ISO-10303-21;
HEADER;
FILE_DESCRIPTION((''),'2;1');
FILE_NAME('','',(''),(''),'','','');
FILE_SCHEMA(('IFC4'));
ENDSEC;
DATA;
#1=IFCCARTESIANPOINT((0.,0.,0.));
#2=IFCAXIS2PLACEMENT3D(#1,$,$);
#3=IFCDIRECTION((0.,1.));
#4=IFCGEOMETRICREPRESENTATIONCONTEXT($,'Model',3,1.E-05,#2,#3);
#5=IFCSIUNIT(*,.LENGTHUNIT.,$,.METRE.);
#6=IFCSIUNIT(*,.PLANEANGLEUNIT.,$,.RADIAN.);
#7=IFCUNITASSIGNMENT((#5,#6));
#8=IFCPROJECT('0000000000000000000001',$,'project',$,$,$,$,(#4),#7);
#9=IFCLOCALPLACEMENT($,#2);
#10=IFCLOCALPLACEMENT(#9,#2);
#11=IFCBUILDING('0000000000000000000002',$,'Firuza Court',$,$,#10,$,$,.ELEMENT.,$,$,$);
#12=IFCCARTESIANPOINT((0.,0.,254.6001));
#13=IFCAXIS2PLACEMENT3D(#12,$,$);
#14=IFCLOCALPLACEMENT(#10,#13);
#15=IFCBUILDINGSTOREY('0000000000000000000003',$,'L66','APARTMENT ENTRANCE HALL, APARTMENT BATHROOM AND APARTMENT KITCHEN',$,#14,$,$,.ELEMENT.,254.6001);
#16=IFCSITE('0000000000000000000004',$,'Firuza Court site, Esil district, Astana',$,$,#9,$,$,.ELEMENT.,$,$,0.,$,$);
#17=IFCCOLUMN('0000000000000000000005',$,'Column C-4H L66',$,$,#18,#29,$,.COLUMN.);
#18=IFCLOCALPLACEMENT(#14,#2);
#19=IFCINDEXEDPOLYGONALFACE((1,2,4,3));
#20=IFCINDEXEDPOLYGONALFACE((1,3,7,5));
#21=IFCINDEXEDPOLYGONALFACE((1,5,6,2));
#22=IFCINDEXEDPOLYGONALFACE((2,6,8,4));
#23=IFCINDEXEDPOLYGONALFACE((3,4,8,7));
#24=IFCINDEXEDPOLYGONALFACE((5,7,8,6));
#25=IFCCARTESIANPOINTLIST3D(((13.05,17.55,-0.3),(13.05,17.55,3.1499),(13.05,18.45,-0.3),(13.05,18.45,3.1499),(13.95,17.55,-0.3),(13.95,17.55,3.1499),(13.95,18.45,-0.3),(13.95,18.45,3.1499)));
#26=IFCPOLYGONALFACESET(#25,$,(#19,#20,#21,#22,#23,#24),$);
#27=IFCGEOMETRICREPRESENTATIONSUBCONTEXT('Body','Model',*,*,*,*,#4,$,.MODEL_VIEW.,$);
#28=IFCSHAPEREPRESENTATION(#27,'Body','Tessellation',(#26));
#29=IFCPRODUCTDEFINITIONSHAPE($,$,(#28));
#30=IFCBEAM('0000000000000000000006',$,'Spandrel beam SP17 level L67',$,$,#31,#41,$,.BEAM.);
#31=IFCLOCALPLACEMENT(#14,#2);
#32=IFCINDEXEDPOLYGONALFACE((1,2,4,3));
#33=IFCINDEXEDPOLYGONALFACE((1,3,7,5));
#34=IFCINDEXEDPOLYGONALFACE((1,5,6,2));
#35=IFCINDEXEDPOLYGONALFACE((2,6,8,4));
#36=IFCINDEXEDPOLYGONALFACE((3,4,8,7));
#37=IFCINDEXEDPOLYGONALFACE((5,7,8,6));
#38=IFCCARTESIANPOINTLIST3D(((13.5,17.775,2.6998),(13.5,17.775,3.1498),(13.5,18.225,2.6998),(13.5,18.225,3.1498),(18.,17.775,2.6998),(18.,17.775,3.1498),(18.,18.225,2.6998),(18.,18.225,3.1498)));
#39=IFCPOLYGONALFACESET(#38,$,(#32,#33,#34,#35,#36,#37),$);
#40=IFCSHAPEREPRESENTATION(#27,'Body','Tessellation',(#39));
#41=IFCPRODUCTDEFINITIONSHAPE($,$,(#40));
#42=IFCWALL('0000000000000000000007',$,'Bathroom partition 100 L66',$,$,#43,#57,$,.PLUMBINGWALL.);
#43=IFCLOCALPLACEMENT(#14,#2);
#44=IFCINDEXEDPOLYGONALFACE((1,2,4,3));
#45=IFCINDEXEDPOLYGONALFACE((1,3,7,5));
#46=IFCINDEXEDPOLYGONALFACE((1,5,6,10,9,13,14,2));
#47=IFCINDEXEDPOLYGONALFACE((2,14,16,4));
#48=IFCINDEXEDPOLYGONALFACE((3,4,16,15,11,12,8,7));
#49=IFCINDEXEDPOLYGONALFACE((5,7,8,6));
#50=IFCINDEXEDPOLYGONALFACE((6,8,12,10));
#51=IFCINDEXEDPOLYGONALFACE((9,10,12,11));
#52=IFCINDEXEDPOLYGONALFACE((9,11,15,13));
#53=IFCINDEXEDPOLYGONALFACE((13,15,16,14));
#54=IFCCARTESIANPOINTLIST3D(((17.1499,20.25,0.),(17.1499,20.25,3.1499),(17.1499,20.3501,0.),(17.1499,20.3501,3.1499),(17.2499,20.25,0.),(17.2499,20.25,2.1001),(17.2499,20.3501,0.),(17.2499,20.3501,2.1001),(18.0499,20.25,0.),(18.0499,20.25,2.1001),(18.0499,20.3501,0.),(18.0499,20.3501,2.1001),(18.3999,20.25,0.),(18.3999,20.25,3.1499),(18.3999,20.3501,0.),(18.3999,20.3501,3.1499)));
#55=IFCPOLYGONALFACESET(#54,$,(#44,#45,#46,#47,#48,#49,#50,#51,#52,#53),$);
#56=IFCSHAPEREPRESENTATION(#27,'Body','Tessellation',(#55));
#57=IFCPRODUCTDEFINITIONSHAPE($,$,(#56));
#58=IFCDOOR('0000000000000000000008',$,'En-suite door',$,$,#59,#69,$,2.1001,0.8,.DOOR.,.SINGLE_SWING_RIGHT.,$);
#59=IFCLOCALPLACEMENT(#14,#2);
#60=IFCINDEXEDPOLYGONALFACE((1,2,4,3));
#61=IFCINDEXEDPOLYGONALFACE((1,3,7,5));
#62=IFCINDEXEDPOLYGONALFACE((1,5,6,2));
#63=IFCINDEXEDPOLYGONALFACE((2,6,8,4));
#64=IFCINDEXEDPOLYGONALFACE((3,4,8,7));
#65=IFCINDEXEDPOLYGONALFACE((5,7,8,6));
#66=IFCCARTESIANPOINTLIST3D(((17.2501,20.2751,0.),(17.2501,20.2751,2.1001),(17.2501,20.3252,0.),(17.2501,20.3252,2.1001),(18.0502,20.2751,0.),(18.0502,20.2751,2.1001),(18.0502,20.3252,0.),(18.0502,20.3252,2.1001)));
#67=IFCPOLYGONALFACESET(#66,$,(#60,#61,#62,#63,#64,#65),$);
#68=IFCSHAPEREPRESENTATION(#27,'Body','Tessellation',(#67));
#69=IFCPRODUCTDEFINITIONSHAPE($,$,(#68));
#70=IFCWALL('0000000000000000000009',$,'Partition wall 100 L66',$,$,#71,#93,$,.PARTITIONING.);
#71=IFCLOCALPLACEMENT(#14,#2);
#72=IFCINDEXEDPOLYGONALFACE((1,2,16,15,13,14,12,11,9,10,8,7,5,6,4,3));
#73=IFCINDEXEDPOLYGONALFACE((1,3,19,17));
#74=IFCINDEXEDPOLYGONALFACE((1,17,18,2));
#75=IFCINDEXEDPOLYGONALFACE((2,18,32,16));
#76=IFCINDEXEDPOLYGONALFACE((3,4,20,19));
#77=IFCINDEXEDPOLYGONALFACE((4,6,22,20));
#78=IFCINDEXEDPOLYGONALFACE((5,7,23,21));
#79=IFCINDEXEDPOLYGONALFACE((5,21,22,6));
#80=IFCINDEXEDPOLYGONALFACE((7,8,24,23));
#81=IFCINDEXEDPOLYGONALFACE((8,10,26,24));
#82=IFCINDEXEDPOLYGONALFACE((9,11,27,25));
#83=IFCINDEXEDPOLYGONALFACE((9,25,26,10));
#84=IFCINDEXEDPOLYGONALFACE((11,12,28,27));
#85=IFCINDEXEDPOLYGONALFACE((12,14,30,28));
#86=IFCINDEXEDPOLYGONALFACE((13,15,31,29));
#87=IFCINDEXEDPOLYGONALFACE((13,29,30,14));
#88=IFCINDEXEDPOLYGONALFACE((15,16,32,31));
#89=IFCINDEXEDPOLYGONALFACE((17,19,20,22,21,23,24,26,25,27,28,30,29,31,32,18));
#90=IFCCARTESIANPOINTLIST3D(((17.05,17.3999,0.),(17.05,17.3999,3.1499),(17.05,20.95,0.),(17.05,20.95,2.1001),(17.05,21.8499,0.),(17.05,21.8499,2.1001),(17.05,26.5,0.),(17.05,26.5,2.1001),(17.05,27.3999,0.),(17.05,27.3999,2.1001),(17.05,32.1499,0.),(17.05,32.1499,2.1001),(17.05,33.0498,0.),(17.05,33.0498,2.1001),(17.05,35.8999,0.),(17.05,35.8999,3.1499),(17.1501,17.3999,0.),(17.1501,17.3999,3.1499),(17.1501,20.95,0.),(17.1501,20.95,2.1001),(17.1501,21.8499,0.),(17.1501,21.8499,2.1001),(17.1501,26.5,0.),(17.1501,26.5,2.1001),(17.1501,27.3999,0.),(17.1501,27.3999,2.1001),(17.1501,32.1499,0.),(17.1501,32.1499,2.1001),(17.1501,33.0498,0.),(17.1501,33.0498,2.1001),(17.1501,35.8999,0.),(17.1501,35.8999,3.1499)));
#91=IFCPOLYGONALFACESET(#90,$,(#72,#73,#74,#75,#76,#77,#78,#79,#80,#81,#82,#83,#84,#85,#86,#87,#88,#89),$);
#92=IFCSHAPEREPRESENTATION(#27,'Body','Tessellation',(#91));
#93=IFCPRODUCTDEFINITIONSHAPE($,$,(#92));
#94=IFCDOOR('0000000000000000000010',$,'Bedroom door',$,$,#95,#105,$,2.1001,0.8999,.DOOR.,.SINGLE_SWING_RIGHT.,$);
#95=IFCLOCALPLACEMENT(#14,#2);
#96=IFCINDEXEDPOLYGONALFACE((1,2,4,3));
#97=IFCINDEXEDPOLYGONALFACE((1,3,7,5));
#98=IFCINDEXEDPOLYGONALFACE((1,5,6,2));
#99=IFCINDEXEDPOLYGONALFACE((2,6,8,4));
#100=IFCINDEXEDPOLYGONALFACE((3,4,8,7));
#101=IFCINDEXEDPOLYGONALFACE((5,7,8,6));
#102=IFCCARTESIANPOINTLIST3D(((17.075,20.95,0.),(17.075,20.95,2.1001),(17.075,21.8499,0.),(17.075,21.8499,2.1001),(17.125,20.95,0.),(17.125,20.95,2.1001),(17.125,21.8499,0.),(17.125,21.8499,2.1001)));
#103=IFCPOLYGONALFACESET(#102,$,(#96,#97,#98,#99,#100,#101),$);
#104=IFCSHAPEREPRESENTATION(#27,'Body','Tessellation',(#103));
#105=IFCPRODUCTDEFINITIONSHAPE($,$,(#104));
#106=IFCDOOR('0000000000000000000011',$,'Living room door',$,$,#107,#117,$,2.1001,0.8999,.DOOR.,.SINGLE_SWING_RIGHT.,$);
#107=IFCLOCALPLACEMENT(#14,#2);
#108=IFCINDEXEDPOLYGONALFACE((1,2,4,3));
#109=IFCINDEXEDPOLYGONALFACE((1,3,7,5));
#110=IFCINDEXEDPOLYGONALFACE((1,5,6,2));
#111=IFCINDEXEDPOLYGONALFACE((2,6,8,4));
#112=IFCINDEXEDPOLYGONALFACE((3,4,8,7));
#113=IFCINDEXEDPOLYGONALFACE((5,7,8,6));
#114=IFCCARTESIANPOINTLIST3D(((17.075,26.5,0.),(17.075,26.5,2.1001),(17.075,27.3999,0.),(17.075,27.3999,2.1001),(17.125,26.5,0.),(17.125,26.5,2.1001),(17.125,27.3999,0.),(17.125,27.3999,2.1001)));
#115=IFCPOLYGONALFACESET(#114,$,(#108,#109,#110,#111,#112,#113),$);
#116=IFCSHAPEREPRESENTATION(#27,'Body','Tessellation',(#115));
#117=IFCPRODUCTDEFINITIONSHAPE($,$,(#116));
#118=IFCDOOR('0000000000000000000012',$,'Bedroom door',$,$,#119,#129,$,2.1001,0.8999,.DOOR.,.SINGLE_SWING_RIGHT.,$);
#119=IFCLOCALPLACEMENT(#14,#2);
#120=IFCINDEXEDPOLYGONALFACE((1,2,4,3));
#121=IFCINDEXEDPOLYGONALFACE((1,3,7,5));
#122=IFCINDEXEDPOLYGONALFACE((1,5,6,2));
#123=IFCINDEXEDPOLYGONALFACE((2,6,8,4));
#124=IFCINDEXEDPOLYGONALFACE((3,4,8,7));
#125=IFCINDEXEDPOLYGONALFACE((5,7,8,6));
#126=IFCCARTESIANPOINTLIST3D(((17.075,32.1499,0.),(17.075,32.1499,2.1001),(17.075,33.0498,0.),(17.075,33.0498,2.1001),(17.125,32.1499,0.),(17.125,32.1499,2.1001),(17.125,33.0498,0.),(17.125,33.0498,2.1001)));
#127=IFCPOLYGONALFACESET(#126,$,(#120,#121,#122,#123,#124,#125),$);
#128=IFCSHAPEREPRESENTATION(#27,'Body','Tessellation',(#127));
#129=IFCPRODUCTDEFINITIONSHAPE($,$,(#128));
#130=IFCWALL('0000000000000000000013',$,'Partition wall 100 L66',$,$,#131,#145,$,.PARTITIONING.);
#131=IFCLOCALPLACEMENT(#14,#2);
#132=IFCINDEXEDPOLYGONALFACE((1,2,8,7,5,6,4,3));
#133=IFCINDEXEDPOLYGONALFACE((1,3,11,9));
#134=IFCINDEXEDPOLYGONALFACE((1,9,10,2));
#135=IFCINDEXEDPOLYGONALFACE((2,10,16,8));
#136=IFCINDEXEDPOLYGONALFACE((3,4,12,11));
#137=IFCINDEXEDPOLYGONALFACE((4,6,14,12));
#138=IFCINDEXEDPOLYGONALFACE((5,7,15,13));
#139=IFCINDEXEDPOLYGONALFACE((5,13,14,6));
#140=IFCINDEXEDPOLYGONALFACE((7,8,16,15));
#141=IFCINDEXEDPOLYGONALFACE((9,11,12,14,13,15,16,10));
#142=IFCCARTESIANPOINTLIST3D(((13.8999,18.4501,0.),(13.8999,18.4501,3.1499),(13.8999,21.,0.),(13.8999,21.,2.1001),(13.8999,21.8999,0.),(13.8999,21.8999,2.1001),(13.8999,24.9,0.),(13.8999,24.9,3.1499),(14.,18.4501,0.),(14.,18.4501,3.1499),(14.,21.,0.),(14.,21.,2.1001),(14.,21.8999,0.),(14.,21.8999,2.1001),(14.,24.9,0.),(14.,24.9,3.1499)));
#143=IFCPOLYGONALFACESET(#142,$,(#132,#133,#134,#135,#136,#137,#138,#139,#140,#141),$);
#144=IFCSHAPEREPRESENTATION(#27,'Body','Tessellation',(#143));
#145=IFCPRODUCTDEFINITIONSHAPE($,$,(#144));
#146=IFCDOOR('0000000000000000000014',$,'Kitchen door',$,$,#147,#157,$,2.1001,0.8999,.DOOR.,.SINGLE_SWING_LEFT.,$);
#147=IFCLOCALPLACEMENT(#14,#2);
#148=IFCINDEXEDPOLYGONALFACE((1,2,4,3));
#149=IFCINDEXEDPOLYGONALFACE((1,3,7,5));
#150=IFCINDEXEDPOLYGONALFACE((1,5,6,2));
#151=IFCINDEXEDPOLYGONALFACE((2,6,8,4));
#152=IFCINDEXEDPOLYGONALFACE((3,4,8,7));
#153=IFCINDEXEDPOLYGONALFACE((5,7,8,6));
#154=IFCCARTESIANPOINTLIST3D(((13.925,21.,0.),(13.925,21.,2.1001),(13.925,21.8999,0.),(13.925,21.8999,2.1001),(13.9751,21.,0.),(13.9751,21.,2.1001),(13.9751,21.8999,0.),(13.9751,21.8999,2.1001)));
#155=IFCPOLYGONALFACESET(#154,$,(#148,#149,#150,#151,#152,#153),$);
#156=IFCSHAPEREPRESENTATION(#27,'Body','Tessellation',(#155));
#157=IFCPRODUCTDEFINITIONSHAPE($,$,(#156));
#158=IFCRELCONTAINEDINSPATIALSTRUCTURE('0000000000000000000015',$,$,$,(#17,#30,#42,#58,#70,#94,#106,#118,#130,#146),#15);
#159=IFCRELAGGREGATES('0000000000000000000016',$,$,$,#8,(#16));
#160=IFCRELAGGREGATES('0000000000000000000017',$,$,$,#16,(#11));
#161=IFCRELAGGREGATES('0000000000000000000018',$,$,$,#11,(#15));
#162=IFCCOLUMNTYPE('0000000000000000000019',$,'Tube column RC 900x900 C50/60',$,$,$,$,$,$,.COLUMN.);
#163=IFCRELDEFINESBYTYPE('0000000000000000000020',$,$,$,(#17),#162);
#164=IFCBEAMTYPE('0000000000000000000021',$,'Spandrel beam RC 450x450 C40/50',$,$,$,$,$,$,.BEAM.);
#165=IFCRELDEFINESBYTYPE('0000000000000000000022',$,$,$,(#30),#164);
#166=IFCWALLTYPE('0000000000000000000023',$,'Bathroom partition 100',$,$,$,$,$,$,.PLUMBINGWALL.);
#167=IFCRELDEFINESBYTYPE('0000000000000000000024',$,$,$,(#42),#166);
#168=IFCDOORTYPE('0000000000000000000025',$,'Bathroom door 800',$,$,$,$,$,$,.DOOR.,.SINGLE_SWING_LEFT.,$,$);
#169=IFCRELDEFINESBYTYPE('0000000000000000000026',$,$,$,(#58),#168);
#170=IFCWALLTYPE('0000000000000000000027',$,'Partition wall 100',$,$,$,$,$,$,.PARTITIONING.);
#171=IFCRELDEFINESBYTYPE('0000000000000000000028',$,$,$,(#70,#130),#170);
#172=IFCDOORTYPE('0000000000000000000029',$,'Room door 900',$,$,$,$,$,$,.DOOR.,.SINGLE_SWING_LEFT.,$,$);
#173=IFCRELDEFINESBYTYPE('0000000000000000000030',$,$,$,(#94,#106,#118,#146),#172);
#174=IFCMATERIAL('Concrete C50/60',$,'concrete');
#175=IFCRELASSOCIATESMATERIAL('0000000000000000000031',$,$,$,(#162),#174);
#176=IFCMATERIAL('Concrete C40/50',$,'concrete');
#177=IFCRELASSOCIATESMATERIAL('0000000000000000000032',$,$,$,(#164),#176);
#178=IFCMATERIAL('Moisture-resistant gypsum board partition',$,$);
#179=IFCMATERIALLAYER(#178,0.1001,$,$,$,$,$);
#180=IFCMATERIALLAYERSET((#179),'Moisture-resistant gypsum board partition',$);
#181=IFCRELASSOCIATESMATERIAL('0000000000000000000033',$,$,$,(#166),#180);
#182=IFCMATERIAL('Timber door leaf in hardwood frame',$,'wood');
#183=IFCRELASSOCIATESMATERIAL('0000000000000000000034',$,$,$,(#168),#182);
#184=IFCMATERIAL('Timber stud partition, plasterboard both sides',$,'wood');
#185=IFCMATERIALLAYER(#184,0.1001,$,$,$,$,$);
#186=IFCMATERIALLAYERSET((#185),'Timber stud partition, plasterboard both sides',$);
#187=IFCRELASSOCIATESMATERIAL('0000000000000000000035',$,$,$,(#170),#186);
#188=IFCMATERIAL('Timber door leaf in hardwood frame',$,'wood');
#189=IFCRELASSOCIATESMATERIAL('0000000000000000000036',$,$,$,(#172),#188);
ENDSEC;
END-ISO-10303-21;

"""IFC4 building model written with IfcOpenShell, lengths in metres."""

from ifc_helpers import new_model, si_unit, direction, frame, frame_2d, origin, origin_2d, place, context, subcontext, project, spatial, rectangle, extrude, material, layer, layer_set, material_profile, profile_set, type_object, element, fill, save


model = new_model("IFC4")

# Units and contexts
model_context = context("Model", 3, precision=1e-05, world=origin(), true_north=direction((0.0, 1.0)))
body_context = subcontext(model_context, "Body", "Model", "MODEL_VIEW")
ifc_project = project(units=[si_unit("LENGTHUNIT", "METRE"), si_unit("PLANEANGLEUNIT", "RADIAN")], contexts=[model_context])

# Site, building, storey
site_placement = place(None, origin())
site = spatial("IfcSite", under=ifc_project, at=site_placement, Name="Firuza Court site, Esil district, Astana", CompositionType="ELEMENT", RefElevation=0.0)
building_placement = place(site_placement, origin())
building = spatial("IfcBuilding", under=site, at=building_placement, Name="Firuza Court", CompositionType="ELEMENT")
storey_placement = place(building_placement, frame((0.0, 0.0, 254.6001)))
storey = spatial("IfcBuildingStorey", under=building, at=storey_placement, Name="L66", Description="APARTMENT ENTRANCE HALL, APARTMENT BATHROOM AND APARTMENT KITCHEN", CompositionType="ELEMENT", Elevation=254.6001)

# Column
ifc_material_1 = material(Name="Concrete C50/60", Category="concrete")
ifc_material_profile_1 = material_profile(ifc_material_1, rectangle(XDim=0.8999, YDim=0.8999, at=origin_2d()), Name="RC 900x900")
ifc_profile_set_1 = profile_set([ifc_material_profile_1], Name="Concrete C50/60")
column_type = type_object("IfcColumnType", Name="Tube column RC 900x900 C50/60", PredefinedType="COLUMN", material=ifc_profile_set_1)
column_placement = place(storey_placement, frame((13.5, 18.0, -0.3), z_axis=(0.0, 0.0, 1.0), x_axis=(1.0, 0.0, 0.0)))
element("IfcColumn", 1, at=column_placement, inside=storey, type_object=column_type, Name="Column C-4H L66", PredefinedType="COLUMN", context=body_context, shape_type="SweptSolid", body=[
    extrude(rectangle(XDim=0.8999, YDim=0.8999, at=origin_2d()), origin(), (0.0, 0.0, 1.0), 3.45),
])

# Beam
ifc_material_2 = material(Name="Concrete C40/50", Category="concrete")
ifc_material_profile_2 = material_profile(ifc_material_2, rectangle(XDim=0.45, YDim=0.45, at=origin_2d()), Name="RC 450x450")
ifc_profile_set_2 = profile_set([ifc_material_profile_2], Name="Concrete C40/50")
beam_type = type_object("IfcBeamType", Name="Spandrel beam RC 450x450 C40/50", PredefinedType="BEAM", material=ifc_profile_set_2)
beam_placement = place(storey_placement, frame((13.5, 18.0, 2.9248), z_axis=(1.0, 0.0, 0.0), x_axis=(0.0, 1.0, 0.0)))
element("IfcBeam", 2, at=beam_placement, inside=storey, type_object=beam_type, Name="Spandrel beam SP17 level L67", PredefinedType="BEAM", context=body_context, shape_type="SweptSolid", body=[
    extrude(rectangle(XDim=0.45, YDim=0.45, at=origin_2d()), origin(), (0.0, 0.0, 1.0), 4.5),
])

# Wall, opening, door
ifc_material_3 = material(Name="Moisture-resistant gypsum board partition")
ifc_layer_1 = layer(ifc_material_3, 0.1001)
ifc_layer_set_1 = layer_set([ifc_layer_1], Name="Moisture-resistant gypsum board partition")
wall_type_1 = type_object("IfcWallType", Name="Bathroom partition 100", PredefinedType="PLUMBINGWALL", material=ifc_layer_set_1)
wall_1_placement = place(storey_placement, frame((17.1499, 20.3, 0.0), z_axis=(0.0, 0.0, 1.0), x_axis=(1.0, 0.0, 0.0)))
wall_1 = element("IfcWall", 3, at=wall_1_placement, inside=storey, type_object=wall_type_1, Name="Bathroom partition 100 L66", PredefinedType="PLUMBINGWALL", context=body_context, shape_type="SweptSolid", body=[
    extrude(rectangle(XDim=1.25, YDim=0.1001, at=frame_2d((0.625, 0.0))), origin(), (0.0, 0.0, 1.0), 3.1499),
])
opening_1_placement = place(wall_1_placement, frame((0.1001, 0.0, 0.0)))
opening_1 = element("IfcOpeningElement", 4, at=opening_1_placement, cuts=wall_1, PredefinedType="OPENING", context=body_context, shape_type="SweptSolid", body=[
    extrude(rectangle(XDim=0.8, YDim=2.1001, at=frame_2d((0.3999, 1.05))), frame((0.0, 0.062, 0.0), z_axis=(0.0, -1.0, 0.0), x_axis=(1.0, 0.0, 0.0)), (0.0, 0.0, 1.0), 0.124),
])
ifc_material_4 = material(Name="Timber door leaf in hardwood frame", Category="wood")
door_type_1 = type_object("IfcDoorType", Name="Bathroom door 800", OperationType="SINGLE_SWING_LEFT", PredefinedType="DOOR", material=ifc_material_4)
door_1_placement = place(opening_1_placement, frame((0.8, 0.0, 0.0), z_axis=(0.0, 0.0, 1.0), x_axis=(-1.0, 0.0, 0.0)))
door_1 = element("IfcDoor", 5, at=door_1_placement, inside=storey, type_object=door_type_1, Name="En-suite door", OperationType="SINGLE_SWING_RIGHT", OverallHeight=2.1001, OverallWidth=0.8, PredefinedType="DOOR", context=body_context, shape_type="SweptSolid", body=[
    extrude(rectangle(XDim=0.8, YDim=2.1001, at=frame_2d((0.3999, 1.05))), frame((0.0, 0.0249, 0.0), z_axis=(0.0, -1.0, 0.0), x_axis=(1.0, 0.0, 0.0)), (0.0, 0.0, 1.0), 0.05),
])
fill(opening_1, door_1)

# Wall, openings, doors
ifc_material_5 = material(Name="Timber stud partition, plasterboard both sides", Category="wood")
ifc_layer_2 = layer(ifc_material_5, 0.1001)
ifc_layer_set_2 = layer_set([ifc_layer_2], Name="Timber stud partition, plasterboard both sides")
wall_type_2 = type_object("IfcWallType", Name="Partition wall 100", PredefinedType="PARTITIONING", material=ifc_layer_set_2)
wall_2_placement = place(storey_placement, frame((17.1001, 17.3999, 0.0), z_axis=(0.0, 0.0, 1.0), x_axis=(0.0, 1.0, 0.0)))
wall_2 = element("IfcWall", 6, at=wall_2_placement, inside=storey, type_object=wall_type_2, Name="Partition wall 100 L66", PredefinedType="PARTITIONING", context=body_context, shape_type="SweptSolid", body=[
    extrude(rectangle(XDim=18.5, YDim=0.1001, at=frame_2d((9.25, 0.0))), origin(), (0.0, 0.0, 1.0), 3.1499),
])
opening_2_placement = place(wall_2_placement, frame((3.55, 0.0, 0.0)))
opening_2 = element("IfcOpeningElement", 7, at=opening_2_placement, cuts=wall_2, PredefinedType="OPENING", context=body_context, shape_type="SweptSolid", body=[
    extrude(rectangle(XDim=0.8999, YDim=2.1001, at=frame_2d((0.45, 1.05))), frame((0.0, 0.062, 0.0), z_axis=(0.0, -1.0, 0.0), x_axis=(1.0, 0.0, 0.0)), (0.0, 0.0, 1.0), 0.124),
])
opening_3_placement = place(wall_2_placement, frame((9.1001, 0.0, 0.0)))
opening_3 = element("IfcOpeningElement", 8, at=opening_3_placement, cuts=wall_2, PredefinedType="OPENING", context=body_context, shape_type="SweptSolid", body=[
    extrude(rectangle(XDim=0.8999, YDim=2.1001, at=frame_2d((0.45, 1.05))), frame((0.0, 0.062, 0.0), z_axis=(0.0, -1.0, 0.0), x_axis=(1.0, 0.0, 0.0)), (0.0, 0.0, 1.0), 0.124),
])
opening_4_placement = place(wall_2_placement, frame((14.75, 0.0, 0.0)))
opening_4 = element("IfcOpeningElement", 9, at=opening_4_placement, cuts=wall_2, PredefinedType="OPENING", context=body_context, shape_type="SweptSolid", body=[
    extrude(rectangle(XDim=0.8999, YDim=2.1001, at=frame_2d((0.45, 1.05))), frame((0.0, 0.062, 0.0), z_axis=(0.0, -1.0, 0.0), x_axis=(1.0, 0.0, 0.0)), (0.0, 0.0, 1.0), 0.124),
])
ifc_material_6 = material(Name="Timber door leaf in hardwood frame", Category="wood")
door_type_2 = type_object("IfcDoorType", Name="Room door 900", OperationType="SINGLE_SWING_LEFT", PredefinedType="DOOR", material=ifc_material_6)
door_2_placement = place(opening_2_placement, frame((0.8999, 0.0, 0.0), z_axis=(0.0, 0.0, 1.0), x_axis=(-1.0, 0.0, 0.0)))
door_2 = element("IfcDoor", 10, at=door_2_placement, inside=storey, type_object=door_type_2, Name="Bedroom door", OperationType="SINGLE_SWING_RIGHT", OverallHeight=2.1001, OverallWidth=0.8999, PredefinedType="DOOR", context=body_context, shape_type="SweptSolid", body=[
    extrude(rectangle(XDim=0.8999, YDim=2.1001, at=frame_2d((0.45, 1.05))), frame((0.0, 0.0249, 0.0), z_axis=(0.0, -1.0, 0.0), x_axis=(1.0, 0.0, 0.0)), (0.0, 0.0, 1.0), 0.05),
])
fill(opening_2, door_2)
door_3_placement = place(opening_3_placement, frame((0.8999, 0.0, 0.0), z_axis=(0.0, 0.0, 1.0), x_axis=(-1.0, 0.0, 0.0)))
door_3 = element("IfcDoor", 11, at=door_3_placement, inside=storey, type_object=door_type_2, Name="Living room door", OperationType="SINGLE_SWING_RIGHT", OverallHeight=2.1001, OverallWidth=0.8999, PredefinedType="DOOR", context=body_context, shape_type="SweptSolid", body=[
    extrude(rectangle(XDim=0.8999, YDim=2.1001, at=frame_2d((0.45, 1.05))), frame((0.0, 0.0249, 0.0), z_axis=(0.0, -1.0, 0.0), x_axis=(1.0, 0.0, 0.0)), (0.0, 0.0, 1.0), 0.05),
])
fill(opening_3, door_3)
door_4_placement = place(opening_4_placement, frame((0.8999, 0.0, 0.0), z_axis=(0.0, 0.0, 1.0), x_axis=(-1.0, 0.0, 0.0)))
door_4 = element("IfcDoor", 12, at=door_4_placement, inside=storey, type_object=door_type_2, Name="Bedroom door", OperationType="SINGLE_SWING_RIGHT", OverallHeight=2.1001, OverallWidth=0.8999, PredefinedType="DOOR", context=body_context, shape_type="SweptSolid", body=[
    extrude(rectangle(XDim=0.8999, YDim=2.1001, at=frame_2d((0.45, 1.05))), frame((0.0, 0.0249, 0.0), z_axis=(0.0, -1.0, 0.0), x_axis=(1.0, 0.0, 0.0)), (0.0, 0.0, 1.0), 0.05),
])
fill(opening_4, door_4)

# Wall, opening, door
wall_3_placement = place(storey_placement, frame((13.95, 18.45, 0.0), z_axis=(0.0, 0.0, 1.0), x_axis=(0.0, 1.0, 0.0)))
wall_3 = element("IfcWall", 13, at=wall_3_placement, inside=storey, type_object=wall_type_2, Name="Partition wall 100 L66", PredefinedType="PARTITIONING", context=body_context, shape_type="SweptSolid", body=[
    extrude(rectangle(XDim=6.45, YDim=0.1001, at=frame_2d((3.2251, 0.0))), origin(), (0.0, 0.0, 1.0), 3.1499),
])
opening_5_placement = place(wall_3_placement, frame((2.55, 0.0, 0.0)))
opening_5 = element("IfcOpeningElement", 14, at=opening_5_placement, cuts=wall_3, PredefinedType="OPENING", context=body_context, shape_type="SweptSolid", body=[
    extrude(rectangle(XDim=0.8999, YDim=2.1001, at=frame_2d((0.45, 1.05))), frame((0.0, 0.062, 0.0), z_axis=(0.0, -1.0, 0.0), x_axis=(1.0, 0.0, 0.0)), (0.0, 0.0, 1.0), 0.124),
])
door_5_placement = place(opening_5_placement, origin())
door_5 = element("IfcDoor", 15, at=door_5_placement, inside=storey, type_object=door_type_2, Name="Kitchen door", OperationType="SINGLE_SWING_LEFT", OverallHeight=2.1001, OverallWidth=0.8999, PredefinedType="DOOR", context=body_context, shape_type="SweptSolid", body=[
    extrude(rectangle(XDim=0.8999, YDim=2.1001, at=frame_2d((0.45, 1.05))), frame((0.0, 0.0249, 0.0), z_axis=(0.0, -1.0, 0.0), x_axis=(1.0, 0.0, 0.0)), (0.0, 0.0, 1.0), 0.05),
])
fill(opening_5, door_5)

save(model, "model.ifc")
